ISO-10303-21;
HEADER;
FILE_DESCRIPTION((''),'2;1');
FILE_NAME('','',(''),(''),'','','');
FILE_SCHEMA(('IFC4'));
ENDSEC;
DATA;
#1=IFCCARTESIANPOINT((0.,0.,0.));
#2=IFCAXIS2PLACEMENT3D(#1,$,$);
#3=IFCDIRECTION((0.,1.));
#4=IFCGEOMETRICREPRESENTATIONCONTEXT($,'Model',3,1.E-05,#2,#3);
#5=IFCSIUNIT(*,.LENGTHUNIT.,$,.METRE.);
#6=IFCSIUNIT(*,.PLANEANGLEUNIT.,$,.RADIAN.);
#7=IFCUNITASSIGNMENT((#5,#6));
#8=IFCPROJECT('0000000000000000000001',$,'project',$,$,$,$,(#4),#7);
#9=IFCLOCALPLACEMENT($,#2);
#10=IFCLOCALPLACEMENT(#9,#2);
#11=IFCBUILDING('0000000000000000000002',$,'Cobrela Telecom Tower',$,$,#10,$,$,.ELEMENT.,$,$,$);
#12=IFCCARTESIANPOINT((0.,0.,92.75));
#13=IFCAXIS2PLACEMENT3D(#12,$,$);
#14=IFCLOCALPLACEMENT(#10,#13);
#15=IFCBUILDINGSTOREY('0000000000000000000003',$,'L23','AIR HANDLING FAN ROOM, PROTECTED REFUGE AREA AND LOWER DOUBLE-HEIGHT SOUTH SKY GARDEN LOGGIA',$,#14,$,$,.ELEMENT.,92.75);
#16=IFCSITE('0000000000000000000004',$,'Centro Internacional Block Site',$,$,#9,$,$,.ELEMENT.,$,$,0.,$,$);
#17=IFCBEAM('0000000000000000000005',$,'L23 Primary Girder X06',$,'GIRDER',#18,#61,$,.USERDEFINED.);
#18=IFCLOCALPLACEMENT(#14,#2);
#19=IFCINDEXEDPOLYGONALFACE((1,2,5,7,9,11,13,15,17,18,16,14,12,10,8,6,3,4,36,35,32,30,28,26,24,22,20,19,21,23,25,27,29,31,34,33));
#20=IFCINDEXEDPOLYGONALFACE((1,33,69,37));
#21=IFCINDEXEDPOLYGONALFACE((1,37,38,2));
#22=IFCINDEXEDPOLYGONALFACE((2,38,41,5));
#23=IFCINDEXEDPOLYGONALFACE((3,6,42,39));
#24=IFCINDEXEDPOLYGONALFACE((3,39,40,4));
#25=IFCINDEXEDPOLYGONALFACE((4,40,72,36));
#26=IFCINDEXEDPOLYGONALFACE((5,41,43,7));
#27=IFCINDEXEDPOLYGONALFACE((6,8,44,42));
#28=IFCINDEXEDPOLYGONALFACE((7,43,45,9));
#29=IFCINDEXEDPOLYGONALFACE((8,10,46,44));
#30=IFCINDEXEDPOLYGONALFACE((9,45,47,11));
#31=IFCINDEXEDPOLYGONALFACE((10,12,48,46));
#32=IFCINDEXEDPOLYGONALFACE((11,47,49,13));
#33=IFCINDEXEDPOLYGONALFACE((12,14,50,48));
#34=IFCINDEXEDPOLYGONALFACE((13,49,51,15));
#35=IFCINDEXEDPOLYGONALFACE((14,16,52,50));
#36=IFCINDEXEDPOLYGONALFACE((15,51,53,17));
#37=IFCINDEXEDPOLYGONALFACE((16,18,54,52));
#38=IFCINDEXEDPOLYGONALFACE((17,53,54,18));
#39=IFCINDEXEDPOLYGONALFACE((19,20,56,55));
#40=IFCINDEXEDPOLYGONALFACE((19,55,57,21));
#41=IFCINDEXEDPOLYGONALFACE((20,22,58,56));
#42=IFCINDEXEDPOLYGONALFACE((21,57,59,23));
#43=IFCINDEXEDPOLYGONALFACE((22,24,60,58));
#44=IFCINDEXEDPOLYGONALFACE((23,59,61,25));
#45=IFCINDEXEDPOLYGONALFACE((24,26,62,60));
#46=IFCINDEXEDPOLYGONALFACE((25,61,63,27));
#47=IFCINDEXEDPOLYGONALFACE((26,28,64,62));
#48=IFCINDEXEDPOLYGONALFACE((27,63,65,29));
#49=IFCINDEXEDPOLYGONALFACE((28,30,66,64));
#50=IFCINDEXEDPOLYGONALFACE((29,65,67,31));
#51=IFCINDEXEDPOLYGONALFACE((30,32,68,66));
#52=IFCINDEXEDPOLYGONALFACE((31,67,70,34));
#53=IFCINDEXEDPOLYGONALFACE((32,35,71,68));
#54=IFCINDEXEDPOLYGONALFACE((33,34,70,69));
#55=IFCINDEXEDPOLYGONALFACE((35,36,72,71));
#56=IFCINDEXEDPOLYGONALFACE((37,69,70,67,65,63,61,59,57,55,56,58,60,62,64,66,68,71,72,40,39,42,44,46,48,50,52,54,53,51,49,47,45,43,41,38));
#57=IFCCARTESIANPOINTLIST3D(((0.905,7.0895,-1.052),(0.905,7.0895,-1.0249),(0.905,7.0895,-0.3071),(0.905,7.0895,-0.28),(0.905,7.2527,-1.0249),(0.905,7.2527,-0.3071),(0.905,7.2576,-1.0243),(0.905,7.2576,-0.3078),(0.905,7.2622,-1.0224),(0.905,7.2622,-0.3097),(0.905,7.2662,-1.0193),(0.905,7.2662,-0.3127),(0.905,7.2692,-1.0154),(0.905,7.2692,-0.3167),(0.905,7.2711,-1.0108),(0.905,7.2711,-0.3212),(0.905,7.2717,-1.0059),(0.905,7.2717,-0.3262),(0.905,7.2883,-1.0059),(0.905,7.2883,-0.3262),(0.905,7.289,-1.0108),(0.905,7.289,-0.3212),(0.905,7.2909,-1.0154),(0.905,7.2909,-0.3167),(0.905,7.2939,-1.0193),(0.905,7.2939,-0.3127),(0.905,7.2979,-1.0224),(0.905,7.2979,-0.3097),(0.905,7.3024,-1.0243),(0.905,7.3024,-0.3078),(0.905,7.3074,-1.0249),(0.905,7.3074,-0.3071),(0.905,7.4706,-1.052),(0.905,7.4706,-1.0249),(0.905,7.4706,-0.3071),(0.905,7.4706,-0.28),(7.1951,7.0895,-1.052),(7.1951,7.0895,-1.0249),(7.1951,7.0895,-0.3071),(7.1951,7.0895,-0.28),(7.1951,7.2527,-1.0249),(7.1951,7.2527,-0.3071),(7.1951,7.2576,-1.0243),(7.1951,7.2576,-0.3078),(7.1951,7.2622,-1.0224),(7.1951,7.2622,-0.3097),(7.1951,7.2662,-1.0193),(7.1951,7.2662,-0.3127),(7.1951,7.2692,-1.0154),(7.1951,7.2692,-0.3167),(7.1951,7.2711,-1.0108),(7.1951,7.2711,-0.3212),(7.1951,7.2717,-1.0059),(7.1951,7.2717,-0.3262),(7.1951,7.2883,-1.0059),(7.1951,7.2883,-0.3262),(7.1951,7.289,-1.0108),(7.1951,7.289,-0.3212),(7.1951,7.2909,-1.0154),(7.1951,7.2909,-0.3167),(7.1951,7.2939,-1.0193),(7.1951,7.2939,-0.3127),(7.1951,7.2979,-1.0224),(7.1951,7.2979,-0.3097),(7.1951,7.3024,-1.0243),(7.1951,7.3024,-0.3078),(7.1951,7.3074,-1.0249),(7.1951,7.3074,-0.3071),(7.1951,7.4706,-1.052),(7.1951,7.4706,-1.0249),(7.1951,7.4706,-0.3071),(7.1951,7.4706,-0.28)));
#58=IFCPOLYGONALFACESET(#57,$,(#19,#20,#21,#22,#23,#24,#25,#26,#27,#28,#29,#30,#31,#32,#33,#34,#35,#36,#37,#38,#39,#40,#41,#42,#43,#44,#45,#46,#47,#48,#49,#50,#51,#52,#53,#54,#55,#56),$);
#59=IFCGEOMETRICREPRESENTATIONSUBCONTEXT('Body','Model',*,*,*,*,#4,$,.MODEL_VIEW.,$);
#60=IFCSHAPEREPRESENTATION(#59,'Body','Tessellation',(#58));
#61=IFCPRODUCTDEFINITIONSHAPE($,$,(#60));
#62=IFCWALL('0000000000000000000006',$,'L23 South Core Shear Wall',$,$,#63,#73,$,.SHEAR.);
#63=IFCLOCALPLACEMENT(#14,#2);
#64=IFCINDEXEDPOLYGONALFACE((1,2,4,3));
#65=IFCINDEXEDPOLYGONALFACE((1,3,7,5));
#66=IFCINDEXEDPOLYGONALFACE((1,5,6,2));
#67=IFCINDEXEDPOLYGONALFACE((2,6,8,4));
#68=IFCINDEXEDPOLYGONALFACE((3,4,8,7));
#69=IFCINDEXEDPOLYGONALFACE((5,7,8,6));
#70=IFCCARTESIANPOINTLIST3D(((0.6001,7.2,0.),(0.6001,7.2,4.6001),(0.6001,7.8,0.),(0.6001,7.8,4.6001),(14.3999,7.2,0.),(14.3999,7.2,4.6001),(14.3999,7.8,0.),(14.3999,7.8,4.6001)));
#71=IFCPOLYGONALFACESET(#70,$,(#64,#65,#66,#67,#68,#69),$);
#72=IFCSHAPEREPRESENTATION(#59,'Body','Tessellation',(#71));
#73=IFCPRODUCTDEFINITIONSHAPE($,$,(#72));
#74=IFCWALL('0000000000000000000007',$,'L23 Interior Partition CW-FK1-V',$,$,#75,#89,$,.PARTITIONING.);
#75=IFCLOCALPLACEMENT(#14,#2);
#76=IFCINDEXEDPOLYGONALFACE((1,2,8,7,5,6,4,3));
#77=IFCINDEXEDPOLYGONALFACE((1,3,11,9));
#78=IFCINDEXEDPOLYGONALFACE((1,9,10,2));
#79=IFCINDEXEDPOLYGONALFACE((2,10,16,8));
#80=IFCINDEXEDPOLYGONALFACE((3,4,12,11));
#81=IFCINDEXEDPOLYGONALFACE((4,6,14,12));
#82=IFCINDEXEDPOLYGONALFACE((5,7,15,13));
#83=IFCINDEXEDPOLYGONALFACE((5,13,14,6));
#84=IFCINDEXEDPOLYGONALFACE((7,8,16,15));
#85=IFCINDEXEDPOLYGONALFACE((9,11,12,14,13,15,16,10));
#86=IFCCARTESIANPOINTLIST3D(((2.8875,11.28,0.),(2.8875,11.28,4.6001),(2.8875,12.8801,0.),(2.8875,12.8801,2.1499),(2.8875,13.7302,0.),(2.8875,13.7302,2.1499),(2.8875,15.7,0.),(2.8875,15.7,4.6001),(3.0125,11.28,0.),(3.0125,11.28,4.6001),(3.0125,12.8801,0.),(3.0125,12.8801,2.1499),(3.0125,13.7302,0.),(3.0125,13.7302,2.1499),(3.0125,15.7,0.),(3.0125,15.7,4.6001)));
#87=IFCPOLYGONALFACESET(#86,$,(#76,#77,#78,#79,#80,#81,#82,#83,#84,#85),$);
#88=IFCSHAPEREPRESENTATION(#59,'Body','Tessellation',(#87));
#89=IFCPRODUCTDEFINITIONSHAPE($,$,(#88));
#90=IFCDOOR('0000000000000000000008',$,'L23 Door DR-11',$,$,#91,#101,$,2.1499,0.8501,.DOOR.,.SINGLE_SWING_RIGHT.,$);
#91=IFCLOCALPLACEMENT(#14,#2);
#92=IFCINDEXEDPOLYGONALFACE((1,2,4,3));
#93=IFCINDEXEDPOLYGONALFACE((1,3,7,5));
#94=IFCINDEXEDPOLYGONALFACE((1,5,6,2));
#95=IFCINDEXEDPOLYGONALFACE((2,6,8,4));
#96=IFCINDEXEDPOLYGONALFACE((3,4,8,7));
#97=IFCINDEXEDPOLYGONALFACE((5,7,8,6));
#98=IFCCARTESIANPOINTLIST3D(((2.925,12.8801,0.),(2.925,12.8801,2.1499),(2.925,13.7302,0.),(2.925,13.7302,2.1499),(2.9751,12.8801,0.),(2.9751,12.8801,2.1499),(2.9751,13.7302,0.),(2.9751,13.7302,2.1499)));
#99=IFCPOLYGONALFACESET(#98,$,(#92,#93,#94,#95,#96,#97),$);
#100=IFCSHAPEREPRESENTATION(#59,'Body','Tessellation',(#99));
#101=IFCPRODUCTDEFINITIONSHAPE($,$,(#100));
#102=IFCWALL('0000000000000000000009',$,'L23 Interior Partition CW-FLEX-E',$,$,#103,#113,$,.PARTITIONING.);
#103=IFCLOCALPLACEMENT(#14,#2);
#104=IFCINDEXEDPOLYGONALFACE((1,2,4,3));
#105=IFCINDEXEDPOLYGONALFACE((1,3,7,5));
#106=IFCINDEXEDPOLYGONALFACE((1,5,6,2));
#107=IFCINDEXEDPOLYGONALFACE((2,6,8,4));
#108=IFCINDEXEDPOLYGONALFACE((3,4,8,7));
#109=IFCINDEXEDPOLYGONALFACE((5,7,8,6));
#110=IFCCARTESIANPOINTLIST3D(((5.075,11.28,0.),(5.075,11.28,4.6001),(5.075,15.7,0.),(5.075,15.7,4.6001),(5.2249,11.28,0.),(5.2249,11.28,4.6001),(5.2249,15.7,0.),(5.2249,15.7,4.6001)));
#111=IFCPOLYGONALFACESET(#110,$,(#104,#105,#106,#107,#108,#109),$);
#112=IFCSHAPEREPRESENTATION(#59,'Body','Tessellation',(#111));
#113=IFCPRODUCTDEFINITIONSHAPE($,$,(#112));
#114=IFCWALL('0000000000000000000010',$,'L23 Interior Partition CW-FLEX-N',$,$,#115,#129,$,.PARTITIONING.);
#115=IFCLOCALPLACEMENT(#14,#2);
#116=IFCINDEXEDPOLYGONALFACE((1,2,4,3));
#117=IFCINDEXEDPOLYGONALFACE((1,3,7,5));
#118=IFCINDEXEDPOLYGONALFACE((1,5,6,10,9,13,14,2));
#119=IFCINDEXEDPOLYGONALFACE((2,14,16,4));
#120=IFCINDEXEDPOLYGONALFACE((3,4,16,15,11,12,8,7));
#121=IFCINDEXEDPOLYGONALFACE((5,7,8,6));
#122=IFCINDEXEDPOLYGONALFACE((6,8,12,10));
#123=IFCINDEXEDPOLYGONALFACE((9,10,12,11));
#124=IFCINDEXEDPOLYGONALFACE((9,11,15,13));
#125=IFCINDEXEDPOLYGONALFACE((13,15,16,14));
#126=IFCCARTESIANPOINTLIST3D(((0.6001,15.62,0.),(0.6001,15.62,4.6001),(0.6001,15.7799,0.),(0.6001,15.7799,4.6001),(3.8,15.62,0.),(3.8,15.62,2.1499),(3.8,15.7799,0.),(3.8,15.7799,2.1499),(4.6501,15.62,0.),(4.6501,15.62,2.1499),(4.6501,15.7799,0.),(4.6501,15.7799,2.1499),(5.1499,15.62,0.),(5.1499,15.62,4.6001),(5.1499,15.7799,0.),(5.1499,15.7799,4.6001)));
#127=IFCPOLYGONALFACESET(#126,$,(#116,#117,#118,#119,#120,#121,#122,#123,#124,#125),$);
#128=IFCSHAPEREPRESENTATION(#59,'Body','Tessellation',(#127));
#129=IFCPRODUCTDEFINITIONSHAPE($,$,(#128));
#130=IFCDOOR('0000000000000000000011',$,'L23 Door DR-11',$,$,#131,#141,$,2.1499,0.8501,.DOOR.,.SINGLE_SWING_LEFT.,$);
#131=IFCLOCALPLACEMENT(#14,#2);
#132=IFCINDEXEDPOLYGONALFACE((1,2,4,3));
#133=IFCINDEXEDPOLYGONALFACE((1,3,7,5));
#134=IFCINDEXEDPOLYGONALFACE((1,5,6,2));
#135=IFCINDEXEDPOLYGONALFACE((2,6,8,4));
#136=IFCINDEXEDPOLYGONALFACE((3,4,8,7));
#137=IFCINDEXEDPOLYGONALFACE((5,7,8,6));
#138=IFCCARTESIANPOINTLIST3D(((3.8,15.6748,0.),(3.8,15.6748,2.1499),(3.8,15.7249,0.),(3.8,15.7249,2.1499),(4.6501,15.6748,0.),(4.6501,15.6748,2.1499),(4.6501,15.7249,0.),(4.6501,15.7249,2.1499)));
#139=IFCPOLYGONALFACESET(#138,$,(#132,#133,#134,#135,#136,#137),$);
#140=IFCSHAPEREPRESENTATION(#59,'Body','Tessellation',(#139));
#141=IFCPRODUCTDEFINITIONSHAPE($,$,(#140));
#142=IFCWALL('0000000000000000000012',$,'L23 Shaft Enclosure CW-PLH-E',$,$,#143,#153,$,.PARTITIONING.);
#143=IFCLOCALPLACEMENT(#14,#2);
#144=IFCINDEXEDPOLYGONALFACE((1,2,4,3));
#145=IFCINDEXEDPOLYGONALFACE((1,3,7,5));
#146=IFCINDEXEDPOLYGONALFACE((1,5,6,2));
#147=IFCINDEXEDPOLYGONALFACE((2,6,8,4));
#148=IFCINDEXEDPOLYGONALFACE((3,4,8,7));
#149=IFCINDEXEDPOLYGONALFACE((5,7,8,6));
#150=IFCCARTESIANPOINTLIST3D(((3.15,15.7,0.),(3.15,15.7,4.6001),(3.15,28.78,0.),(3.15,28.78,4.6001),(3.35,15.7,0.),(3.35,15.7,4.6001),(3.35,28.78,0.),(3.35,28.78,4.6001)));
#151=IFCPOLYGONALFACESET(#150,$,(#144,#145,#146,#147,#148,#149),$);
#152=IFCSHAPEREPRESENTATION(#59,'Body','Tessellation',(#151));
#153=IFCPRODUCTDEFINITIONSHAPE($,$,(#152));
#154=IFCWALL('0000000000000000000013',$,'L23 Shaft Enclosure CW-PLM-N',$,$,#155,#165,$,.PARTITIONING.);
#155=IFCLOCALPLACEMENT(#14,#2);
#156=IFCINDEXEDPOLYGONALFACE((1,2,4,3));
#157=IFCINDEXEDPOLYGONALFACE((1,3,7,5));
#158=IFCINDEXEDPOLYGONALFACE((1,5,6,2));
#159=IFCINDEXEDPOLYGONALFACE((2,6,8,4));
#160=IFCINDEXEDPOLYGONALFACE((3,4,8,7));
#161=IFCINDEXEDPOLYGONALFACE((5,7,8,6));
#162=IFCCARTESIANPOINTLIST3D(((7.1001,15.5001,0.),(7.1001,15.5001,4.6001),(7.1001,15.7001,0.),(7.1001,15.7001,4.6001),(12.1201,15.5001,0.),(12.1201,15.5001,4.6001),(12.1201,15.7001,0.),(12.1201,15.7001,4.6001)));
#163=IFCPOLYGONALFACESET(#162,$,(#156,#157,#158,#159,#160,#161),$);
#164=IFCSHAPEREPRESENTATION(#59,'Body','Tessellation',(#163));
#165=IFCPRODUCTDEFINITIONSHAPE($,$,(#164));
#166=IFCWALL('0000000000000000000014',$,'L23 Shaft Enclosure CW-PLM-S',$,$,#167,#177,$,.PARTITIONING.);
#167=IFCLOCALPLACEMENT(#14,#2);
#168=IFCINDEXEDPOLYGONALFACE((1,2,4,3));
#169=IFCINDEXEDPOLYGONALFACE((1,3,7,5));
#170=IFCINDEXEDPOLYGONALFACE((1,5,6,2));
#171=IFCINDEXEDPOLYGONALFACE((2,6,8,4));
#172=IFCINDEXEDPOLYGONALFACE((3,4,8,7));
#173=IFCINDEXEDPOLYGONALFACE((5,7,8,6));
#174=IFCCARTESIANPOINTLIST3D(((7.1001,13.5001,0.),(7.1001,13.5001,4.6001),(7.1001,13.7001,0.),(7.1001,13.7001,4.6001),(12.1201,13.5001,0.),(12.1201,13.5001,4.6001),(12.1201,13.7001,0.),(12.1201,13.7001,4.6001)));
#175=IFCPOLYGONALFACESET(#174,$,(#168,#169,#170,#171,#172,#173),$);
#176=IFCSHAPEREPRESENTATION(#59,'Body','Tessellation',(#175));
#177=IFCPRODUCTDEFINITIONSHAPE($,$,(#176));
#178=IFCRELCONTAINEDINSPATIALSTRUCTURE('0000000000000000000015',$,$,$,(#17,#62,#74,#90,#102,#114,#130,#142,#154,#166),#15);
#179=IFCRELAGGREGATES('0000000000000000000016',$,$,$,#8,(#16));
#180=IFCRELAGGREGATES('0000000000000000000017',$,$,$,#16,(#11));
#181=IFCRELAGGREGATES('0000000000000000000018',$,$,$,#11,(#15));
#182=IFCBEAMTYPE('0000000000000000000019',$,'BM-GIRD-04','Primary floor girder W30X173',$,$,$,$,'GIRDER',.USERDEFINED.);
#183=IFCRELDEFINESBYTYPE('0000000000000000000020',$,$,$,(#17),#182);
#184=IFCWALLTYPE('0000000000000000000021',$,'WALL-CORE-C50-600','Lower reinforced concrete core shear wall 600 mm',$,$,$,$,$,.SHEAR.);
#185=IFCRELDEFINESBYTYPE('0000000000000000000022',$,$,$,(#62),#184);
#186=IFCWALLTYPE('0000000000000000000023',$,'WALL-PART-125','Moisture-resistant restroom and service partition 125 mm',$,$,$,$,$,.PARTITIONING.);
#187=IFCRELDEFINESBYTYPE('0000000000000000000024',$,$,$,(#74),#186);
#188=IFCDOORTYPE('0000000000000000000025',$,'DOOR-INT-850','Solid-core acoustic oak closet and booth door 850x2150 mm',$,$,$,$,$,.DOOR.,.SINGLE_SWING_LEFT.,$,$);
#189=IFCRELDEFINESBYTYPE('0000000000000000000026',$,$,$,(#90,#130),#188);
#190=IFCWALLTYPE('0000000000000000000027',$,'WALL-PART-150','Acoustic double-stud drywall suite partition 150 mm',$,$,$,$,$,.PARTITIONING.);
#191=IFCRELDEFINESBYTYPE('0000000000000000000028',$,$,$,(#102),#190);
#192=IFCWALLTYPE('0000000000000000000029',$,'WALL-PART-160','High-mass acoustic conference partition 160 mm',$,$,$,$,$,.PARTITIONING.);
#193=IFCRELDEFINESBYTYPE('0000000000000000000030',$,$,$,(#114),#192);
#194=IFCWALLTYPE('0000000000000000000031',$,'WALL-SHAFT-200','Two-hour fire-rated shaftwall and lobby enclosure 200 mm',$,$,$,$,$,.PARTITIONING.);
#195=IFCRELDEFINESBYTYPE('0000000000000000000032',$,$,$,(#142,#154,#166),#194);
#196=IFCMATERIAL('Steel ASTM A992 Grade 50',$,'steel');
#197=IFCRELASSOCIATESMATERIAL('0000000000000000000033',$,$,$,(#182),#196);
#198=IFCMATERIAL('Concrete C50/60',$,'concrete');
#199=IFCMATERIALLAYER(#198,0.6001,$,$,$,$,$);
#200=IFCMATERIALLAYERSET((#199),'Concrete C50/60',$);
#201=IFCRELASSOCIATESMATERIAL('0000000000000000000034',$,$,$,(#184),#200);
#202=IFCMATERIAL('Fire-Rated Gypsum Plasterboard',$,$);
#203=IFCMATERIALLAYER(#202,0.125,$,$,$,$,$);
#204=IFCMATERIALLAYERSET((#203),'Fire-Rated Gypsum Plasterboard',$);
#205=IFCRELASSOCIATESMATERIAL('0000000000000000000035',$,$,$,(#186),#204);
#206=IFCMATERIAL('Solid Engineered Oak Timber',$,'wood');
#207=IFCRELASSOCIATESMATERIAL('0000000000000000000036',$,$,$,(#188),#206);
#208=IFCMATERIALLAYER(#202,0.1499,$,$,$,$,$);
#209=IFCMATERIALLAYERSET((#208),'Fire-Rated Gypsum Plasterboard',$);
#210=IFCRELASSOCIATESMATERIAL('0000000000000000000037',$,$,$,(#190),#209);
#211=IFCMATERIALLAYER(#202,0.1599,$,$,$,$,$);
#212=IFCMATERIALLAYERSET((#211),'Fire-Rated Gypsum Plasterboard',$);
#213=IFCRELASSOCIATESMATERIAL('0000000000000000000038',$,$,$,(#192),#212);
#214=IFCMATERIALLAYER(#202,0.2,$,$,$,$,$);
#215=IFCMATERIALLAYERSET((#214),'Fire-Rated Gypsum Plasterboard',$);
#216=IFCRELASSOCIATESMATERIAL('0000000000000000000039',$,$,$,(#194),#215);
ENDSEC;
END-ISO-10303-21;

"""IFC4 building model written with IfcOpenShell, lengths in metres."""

from ifc_helpers import new_model, si_unit, direction, frame, frame_2d, origin, origin_2d, place, context, subcontext, project, spatial, rectangle, i_section, extrude, material, layer, layer_set, material_profile, profile_set, type_object, element, fill, save


model = new_model("IFC4")

# Units and contexts
model_context = context("Model", 3, precision=1e-05, world=origin(), true_north=direction((0.0, 1.0)))
body_context = subcontext(model_context, "Body", "Model", "MODEL_VIEW")
ifc_project = project(units=[si_unit("LENGTHUNIT", "METRE"), si_unit("PLANEANGLEUNIT", "RADIAN")], contexts=[model_context])

# Site, building, storey
site_placement = place(None, origin())
site = spatial("IfcSite", under=ifc_project, at=site_placement, Name="Centro Internacional Block Site", CompositionType="ELEMENT", RefElevation=0.0)
building_placement = place(site_placement, origin())
building = spatial("IfcBuilding", under=site, at=building_placement, Name="Cobrela Telecom Tower", CompositionType="ELEMENT")
storey_placement = place(building_placement, frame((0.0, 0.0, 92.75)))
storey = spatial("IfcBuildingStorey", under=building, at=storey_placement, Name="L23", Description="AIR HANDLING FAN ROOM, PROTECTED REFUGE AREA AND LOWER DOUBLE-HEIGHT SOUTH SKY GARDEN LOGGIA", CompositionType="ELEMENT", Elevation=92.75)

# Beam
ifc_material_1 = material(Name="Steel ASTM A992 Grade 50", Category="steel")
ifc_material_profile = material_profile(ifc_material_1, i_section(OverallWidth=0.3811, OverallDepth=0.772, WebThickness=0.0166, FlangeThickness=0.0271, FilletRadius=0.019, at=origin_2d()), Name="W30X173")
ifc_profile_set = profile_set([ifc_material_profile], Name="Steel ASTM A992 Grade 50")
beam_type = type_object("IfcBeamType", Name="BM-GIRD-04", Description="Primary floor girder W30X173", ElementType="GIRDER", PredefinedType="USERDEFINED", material=ifc_profile_set)
beam_placement = place(storey_placement, frame((0.905, 7.28, -0.666), z_axis=(1.0, 0.0, 0.0), x_axis=(0.0, 1.0, 0.0)))
element("IfcBeam", 1, at=beam_placement, inside=storey, type_object=beam_type, Name="L23 Primary Girder X06", ObjectType="GIRDER", PredefinedType="USERDEFINED", context=body_context, shape_type="SweptSolid", body=[
    extrude(i_section(OverallWidth=0.3811, OverallDepth=0.772, WebThickness=0.0166, FlangeThickness=0.0271, FilletRadius=0.019, at=origin_2d()), origin(), (0.0, 0.0, 1.0), 6.29),
])

# Wall
ifc_material_2 = material(Name="Concrete C50/60", Category="concrete")
ifc_layer_1 = layer(ifc_material_2, 0.6001)
ifc_layer_set_1 = layer_set([ifc_layer_1], Name="Concrete C50/60")
wall_type_1 = type_object("IfcWallType", Name="WALL-CORE-C50-600", Description="Lower reinforced concrete core shear wall 600 mm", PredefinedType="SHEAR", material=ifc_layer_set_1)
wall_1_placement = place(storey_placement, frame((0.6001, 7.5, 0.0), z_axis=(0.0, 0.0, 1.0), x_axis=(1.0, 0.0, 0.0)))
element("IfcWall", 2, at=wall_1_placement, inside=storey, type_object=wall_type_1, Name="L23 South Core Shear Wall", PredefinedType="SHEAR", context=body_context, shape_type="SweptSolid", body=[
    extrude(rectangle(XDim=13.7998, YDim=0.6001, at=frame_2d((6.8999, 0.0))), origin(), (0.0, 0.0, 1.0), 4.6001),
])

# Wall, opening, door
ifc_material_3 = material(Name="Fire-Rated Gypsum Plasterboard")
ifc_layer_2 = layer(ifc_material_3, 0.125)
ifc_layer_set_2 = layer_set([ifc_layer_2], Name="Fire-Rated Gypsum Plasterboard")
wall_type_2 = type_object("IfcWallType", Name="WALL-PART-125", Description="Moisture-resistant restroom and service partition 125 mm", PredefinedType="PARTITIONING", material=ifc_layer_set_2)
wall_2_placement = place(storey_placement, frame((2.95, 11.28, 0.0), z_axis=(0.0, 0.0, 1.0), x_axis=(0.0, 1.0, 0.0)))
wall_2 = element("IfcWall", 3, at=wall_2_placement, inside=storey, type_object=wall_type_2, Name="L23 Interior Partition CW-FK1-V", PredefinedType="PARTITIONING", context=body_context, shape_type="SweptSolid", body=[
    extrude(rectangle(XDim=4.4199, YDim=0.125, at=frame_2d((2.21, 0.0))), origin(), (0.0, 0.0, 1.0), 4.6001),
])
opening_1_placement = place(wall_2_placement, frame((1.6001, 0.0, 0.0)))
opening_1 = element("IfcOpeningElement", 4, at=opening_1_placement, cuts=wall_2, PredefinedType="OPENING", context=body_context, shape_type="SweptSolid", body=[
    extrude(rectangle(XDim=0.8501, YDim=2.1499, at=frame_2d((0.425, 1.075))), frame((0.0, 0.0745, 0.0), z_axis=(0.0, -1.0, 0.0), x_axis=(1.0, 0.0, 0.0)), (0.0, 0.0, 1.0), 0.1489),
])
ifc_material_4 = material(Name="Solid Engineered Oak Timber", Category="wood")
door_type = type_object("IfcDoorType", Name="DOOR-INT-850", Description="Solid-core acoustic oak closet and booth door 850x2150 mm", OperationType="SINGLE_SWING_LEFT", PredefinedType="DOOR", material=ifc_material_4)
door_1_placement = place(opening_1_placement, origin())
door_1 = element("IfcDoor", 5, at=door_1_placement, inside=storey, type_object=door_type, Name="L23 Door DR-11", OperationType="SINGLE_SWING_RIGHT", OverallHeight=2.1499, OverallWidth=0.8501, PredefinedType="DOOR", context=body_context, shape_type="SweptSolid", body=[
    extrude(rectangle(XDim=0.8501, YDim=2.1499, at=frame_2d((0.425, 1.075))), frame((0.0, 0.0249, 0.0), z_axis=(0.0, -1.0, 0.0), x_axis=(1.0, 0.0, 0.0)), (0.0, 0.0, 1.0), 0.05),
])
fill(opening_1, door_1)

# Wall
ifc_layer_3 = layer(ifc_material_3, 0.1499)
ifc_layer_set_3 = layer_set([ifc_layer_3], Name="Fire-Rated Gypsum Plasterboard")
wall_type_3 = type_object("IfcWallType", Name="WALL-PART-150", Description="Acoustic double-stud drywall suite partition 150 mm", PredefinedType="PARTITIONING", material=ifc_layer_set_3)
wall_3_placement = place(storey_placement, frame((5.1499, 11.28, 0.0), z_axis=(0.0, 0.0, 1.0), x_axis=(0.0, 1.0, 0.0)))
element("IfcWall", 6, at=wall_3_placement, inside=storey, type_object=wall_type_3, Name="L23 Interior Partition CW-FLEX-E", PredefinedType="PARTITIONING", context=body_context, shape_type="SweptSolid", body=[
    extrude(rectangle(XDim=4.4199, YDim=0.1499, at=frame_2d((2.21, 0.0))), origin(), (0.0, 0.0, 1.0), 4.6001),
])

# Wall, opening, door
ifc_layer_4 = layer(ifc_material_3, 0.1599)
ifc_layer_set_4 = layer_set([ifc_layer_4], Name="Fire-Rated Gypsum Plasterboard")
wall_type_4 = type_object("IfcWallType", Name="WALL-PART-160", Description="High-mass acoustic conference partition 160 mm", PredefinedType="PARTITIONING", material=ifc_layer_set_4)
wall_4_placement = place(storey_placement, frame((0.6001, 15.7, 0.0), z_axis=(0.0, 0.0, 1.0), x_axis=(1.0, 0.0, 0.0)))
wall_4 = element("IfcWall", 7, at=wall_4_placement, inside=storey, type_object=wall_type_4, Name="L23 Interior Partition CW-FLEX-N", PredefinedType="PARTITIONING", context=body_context, shape_type="SweptSolid", body=[
    extrude(rectangle(XDim=4.5498, YDim=0.1599, at=frame_2d((2.2749, 0.0))), origin(), (0.0, 0.0, 1.0), 4.6001),
])
opening_2_placement = place(wall_4_placement, frame((3.2, 0.0, 0.0)))
opening_2 = element("IfcOpeningElement", 8, at=opening_2_placement, cuts=wall_4, PredefinedType="OPENING", context=body_context, shape_type="SweptSolid", body=[
    extrude(rectangle(XDim=0.8501, YDim=2.1499, at=frame_2d((0.425, 1.075))), frame((0.0, 0.0918, 0.0), z_axis=(0.0, -1.0, 0.0), x_axis=(1.0, 0.0, 0.0)), (0.0, 0.0, 1.0), 0.1838),
])
door_2_placement = place(opening_2_placement, origin())
door_2 = element("IfcDoor", 9, at=door_2_placement, inside=storey, type_object=door_type, Name="L23 Door DR-11", OperationType="SINGLE_SWING_LEFT", OverallHeight=2.1499, OverallWidth=0.8501, PredefinedType="DOOR", context=body_context, shape_type="SweptSolid", body=[
    extrude(rectangle(XDim=0.8501, YDim=2.1499, at=frame_2d((0.425, 1.075))), frame((0.0, 0.0249, 0.0), z_axis=(0.0, -1.0, 0.0), x_axis=(1.0, 0.0, 0.0)), (0.0, 0.0, 1.0), 0.05),
])
fill(opening_2, door_2)

# Walls
ifc_layer_5 = layer(ifc_material_3, 0.2)
ifc_layer_set_5 = layer_set([ifc_layer_5], Name="Fire-Rated Gypsum Plasterboard")
wall_type_5 = type_object("IfcWallType", Name="WALL-SHAFT-200", Description="Two-hour fire-rated shaftwall and lobby enclosure 200 mm", PredefinedType="PARTITIONING", material=ifc_layer_set_5)
wall_5_placement = place(storey_placement, frame((3.25, 15.7, 0.0), z_axis=(0.0, 0.0, 1.0), x_axis=(0.0, 1.0, 0.0)))
element("IfcWall", 10, at=wall_5_placement, inside=storey, type_object=wall_type_5, Name="L23 Shaft Enclosure CW-PLH-E", PredefinedType="PARTITIONING", context=body_context, shape_type="SweptSolid", body=[
    extrude(rectangle(XDim=13.0801, YDim=0.2, at=frame_2d((6.54, 0.0))), origin(), (0.0, 0.0, 1.0), 4.6001),
])
for number, where, z_axis, x_axis, name in (
    (11, (7.1001, 15.6001, 0.0), (0.0, 0.0, 1.0), (1.0, 0.0, 0.0), "L23 Shaft Enclosure CW-PLM-N"),
    (12, (7.1001, 13.6001, 0.0), (0.0, 0.0, 1.0), (1.0, 0.0, 0.0), "L23 Shaft Enclosure CW-PLM-S"),
):
    element("IfcWall", number, at=place(storey_placement, frame(where, z_axis=z_axis, x_axis=x_axis)), inside=storey, type_object=wall_type_5, Name=name, PredefinedType="PARTITIONING", context=body_context, shape_type="SweptSolid", body=[
        extrude(rectangle(XDim=5.02, YDim=0.2, at=frame_2d((2.51, 0.0))), origin(), (0.0, 0.0, 1.0), 4.6001),
    ])

save(model, "model.ifc")
